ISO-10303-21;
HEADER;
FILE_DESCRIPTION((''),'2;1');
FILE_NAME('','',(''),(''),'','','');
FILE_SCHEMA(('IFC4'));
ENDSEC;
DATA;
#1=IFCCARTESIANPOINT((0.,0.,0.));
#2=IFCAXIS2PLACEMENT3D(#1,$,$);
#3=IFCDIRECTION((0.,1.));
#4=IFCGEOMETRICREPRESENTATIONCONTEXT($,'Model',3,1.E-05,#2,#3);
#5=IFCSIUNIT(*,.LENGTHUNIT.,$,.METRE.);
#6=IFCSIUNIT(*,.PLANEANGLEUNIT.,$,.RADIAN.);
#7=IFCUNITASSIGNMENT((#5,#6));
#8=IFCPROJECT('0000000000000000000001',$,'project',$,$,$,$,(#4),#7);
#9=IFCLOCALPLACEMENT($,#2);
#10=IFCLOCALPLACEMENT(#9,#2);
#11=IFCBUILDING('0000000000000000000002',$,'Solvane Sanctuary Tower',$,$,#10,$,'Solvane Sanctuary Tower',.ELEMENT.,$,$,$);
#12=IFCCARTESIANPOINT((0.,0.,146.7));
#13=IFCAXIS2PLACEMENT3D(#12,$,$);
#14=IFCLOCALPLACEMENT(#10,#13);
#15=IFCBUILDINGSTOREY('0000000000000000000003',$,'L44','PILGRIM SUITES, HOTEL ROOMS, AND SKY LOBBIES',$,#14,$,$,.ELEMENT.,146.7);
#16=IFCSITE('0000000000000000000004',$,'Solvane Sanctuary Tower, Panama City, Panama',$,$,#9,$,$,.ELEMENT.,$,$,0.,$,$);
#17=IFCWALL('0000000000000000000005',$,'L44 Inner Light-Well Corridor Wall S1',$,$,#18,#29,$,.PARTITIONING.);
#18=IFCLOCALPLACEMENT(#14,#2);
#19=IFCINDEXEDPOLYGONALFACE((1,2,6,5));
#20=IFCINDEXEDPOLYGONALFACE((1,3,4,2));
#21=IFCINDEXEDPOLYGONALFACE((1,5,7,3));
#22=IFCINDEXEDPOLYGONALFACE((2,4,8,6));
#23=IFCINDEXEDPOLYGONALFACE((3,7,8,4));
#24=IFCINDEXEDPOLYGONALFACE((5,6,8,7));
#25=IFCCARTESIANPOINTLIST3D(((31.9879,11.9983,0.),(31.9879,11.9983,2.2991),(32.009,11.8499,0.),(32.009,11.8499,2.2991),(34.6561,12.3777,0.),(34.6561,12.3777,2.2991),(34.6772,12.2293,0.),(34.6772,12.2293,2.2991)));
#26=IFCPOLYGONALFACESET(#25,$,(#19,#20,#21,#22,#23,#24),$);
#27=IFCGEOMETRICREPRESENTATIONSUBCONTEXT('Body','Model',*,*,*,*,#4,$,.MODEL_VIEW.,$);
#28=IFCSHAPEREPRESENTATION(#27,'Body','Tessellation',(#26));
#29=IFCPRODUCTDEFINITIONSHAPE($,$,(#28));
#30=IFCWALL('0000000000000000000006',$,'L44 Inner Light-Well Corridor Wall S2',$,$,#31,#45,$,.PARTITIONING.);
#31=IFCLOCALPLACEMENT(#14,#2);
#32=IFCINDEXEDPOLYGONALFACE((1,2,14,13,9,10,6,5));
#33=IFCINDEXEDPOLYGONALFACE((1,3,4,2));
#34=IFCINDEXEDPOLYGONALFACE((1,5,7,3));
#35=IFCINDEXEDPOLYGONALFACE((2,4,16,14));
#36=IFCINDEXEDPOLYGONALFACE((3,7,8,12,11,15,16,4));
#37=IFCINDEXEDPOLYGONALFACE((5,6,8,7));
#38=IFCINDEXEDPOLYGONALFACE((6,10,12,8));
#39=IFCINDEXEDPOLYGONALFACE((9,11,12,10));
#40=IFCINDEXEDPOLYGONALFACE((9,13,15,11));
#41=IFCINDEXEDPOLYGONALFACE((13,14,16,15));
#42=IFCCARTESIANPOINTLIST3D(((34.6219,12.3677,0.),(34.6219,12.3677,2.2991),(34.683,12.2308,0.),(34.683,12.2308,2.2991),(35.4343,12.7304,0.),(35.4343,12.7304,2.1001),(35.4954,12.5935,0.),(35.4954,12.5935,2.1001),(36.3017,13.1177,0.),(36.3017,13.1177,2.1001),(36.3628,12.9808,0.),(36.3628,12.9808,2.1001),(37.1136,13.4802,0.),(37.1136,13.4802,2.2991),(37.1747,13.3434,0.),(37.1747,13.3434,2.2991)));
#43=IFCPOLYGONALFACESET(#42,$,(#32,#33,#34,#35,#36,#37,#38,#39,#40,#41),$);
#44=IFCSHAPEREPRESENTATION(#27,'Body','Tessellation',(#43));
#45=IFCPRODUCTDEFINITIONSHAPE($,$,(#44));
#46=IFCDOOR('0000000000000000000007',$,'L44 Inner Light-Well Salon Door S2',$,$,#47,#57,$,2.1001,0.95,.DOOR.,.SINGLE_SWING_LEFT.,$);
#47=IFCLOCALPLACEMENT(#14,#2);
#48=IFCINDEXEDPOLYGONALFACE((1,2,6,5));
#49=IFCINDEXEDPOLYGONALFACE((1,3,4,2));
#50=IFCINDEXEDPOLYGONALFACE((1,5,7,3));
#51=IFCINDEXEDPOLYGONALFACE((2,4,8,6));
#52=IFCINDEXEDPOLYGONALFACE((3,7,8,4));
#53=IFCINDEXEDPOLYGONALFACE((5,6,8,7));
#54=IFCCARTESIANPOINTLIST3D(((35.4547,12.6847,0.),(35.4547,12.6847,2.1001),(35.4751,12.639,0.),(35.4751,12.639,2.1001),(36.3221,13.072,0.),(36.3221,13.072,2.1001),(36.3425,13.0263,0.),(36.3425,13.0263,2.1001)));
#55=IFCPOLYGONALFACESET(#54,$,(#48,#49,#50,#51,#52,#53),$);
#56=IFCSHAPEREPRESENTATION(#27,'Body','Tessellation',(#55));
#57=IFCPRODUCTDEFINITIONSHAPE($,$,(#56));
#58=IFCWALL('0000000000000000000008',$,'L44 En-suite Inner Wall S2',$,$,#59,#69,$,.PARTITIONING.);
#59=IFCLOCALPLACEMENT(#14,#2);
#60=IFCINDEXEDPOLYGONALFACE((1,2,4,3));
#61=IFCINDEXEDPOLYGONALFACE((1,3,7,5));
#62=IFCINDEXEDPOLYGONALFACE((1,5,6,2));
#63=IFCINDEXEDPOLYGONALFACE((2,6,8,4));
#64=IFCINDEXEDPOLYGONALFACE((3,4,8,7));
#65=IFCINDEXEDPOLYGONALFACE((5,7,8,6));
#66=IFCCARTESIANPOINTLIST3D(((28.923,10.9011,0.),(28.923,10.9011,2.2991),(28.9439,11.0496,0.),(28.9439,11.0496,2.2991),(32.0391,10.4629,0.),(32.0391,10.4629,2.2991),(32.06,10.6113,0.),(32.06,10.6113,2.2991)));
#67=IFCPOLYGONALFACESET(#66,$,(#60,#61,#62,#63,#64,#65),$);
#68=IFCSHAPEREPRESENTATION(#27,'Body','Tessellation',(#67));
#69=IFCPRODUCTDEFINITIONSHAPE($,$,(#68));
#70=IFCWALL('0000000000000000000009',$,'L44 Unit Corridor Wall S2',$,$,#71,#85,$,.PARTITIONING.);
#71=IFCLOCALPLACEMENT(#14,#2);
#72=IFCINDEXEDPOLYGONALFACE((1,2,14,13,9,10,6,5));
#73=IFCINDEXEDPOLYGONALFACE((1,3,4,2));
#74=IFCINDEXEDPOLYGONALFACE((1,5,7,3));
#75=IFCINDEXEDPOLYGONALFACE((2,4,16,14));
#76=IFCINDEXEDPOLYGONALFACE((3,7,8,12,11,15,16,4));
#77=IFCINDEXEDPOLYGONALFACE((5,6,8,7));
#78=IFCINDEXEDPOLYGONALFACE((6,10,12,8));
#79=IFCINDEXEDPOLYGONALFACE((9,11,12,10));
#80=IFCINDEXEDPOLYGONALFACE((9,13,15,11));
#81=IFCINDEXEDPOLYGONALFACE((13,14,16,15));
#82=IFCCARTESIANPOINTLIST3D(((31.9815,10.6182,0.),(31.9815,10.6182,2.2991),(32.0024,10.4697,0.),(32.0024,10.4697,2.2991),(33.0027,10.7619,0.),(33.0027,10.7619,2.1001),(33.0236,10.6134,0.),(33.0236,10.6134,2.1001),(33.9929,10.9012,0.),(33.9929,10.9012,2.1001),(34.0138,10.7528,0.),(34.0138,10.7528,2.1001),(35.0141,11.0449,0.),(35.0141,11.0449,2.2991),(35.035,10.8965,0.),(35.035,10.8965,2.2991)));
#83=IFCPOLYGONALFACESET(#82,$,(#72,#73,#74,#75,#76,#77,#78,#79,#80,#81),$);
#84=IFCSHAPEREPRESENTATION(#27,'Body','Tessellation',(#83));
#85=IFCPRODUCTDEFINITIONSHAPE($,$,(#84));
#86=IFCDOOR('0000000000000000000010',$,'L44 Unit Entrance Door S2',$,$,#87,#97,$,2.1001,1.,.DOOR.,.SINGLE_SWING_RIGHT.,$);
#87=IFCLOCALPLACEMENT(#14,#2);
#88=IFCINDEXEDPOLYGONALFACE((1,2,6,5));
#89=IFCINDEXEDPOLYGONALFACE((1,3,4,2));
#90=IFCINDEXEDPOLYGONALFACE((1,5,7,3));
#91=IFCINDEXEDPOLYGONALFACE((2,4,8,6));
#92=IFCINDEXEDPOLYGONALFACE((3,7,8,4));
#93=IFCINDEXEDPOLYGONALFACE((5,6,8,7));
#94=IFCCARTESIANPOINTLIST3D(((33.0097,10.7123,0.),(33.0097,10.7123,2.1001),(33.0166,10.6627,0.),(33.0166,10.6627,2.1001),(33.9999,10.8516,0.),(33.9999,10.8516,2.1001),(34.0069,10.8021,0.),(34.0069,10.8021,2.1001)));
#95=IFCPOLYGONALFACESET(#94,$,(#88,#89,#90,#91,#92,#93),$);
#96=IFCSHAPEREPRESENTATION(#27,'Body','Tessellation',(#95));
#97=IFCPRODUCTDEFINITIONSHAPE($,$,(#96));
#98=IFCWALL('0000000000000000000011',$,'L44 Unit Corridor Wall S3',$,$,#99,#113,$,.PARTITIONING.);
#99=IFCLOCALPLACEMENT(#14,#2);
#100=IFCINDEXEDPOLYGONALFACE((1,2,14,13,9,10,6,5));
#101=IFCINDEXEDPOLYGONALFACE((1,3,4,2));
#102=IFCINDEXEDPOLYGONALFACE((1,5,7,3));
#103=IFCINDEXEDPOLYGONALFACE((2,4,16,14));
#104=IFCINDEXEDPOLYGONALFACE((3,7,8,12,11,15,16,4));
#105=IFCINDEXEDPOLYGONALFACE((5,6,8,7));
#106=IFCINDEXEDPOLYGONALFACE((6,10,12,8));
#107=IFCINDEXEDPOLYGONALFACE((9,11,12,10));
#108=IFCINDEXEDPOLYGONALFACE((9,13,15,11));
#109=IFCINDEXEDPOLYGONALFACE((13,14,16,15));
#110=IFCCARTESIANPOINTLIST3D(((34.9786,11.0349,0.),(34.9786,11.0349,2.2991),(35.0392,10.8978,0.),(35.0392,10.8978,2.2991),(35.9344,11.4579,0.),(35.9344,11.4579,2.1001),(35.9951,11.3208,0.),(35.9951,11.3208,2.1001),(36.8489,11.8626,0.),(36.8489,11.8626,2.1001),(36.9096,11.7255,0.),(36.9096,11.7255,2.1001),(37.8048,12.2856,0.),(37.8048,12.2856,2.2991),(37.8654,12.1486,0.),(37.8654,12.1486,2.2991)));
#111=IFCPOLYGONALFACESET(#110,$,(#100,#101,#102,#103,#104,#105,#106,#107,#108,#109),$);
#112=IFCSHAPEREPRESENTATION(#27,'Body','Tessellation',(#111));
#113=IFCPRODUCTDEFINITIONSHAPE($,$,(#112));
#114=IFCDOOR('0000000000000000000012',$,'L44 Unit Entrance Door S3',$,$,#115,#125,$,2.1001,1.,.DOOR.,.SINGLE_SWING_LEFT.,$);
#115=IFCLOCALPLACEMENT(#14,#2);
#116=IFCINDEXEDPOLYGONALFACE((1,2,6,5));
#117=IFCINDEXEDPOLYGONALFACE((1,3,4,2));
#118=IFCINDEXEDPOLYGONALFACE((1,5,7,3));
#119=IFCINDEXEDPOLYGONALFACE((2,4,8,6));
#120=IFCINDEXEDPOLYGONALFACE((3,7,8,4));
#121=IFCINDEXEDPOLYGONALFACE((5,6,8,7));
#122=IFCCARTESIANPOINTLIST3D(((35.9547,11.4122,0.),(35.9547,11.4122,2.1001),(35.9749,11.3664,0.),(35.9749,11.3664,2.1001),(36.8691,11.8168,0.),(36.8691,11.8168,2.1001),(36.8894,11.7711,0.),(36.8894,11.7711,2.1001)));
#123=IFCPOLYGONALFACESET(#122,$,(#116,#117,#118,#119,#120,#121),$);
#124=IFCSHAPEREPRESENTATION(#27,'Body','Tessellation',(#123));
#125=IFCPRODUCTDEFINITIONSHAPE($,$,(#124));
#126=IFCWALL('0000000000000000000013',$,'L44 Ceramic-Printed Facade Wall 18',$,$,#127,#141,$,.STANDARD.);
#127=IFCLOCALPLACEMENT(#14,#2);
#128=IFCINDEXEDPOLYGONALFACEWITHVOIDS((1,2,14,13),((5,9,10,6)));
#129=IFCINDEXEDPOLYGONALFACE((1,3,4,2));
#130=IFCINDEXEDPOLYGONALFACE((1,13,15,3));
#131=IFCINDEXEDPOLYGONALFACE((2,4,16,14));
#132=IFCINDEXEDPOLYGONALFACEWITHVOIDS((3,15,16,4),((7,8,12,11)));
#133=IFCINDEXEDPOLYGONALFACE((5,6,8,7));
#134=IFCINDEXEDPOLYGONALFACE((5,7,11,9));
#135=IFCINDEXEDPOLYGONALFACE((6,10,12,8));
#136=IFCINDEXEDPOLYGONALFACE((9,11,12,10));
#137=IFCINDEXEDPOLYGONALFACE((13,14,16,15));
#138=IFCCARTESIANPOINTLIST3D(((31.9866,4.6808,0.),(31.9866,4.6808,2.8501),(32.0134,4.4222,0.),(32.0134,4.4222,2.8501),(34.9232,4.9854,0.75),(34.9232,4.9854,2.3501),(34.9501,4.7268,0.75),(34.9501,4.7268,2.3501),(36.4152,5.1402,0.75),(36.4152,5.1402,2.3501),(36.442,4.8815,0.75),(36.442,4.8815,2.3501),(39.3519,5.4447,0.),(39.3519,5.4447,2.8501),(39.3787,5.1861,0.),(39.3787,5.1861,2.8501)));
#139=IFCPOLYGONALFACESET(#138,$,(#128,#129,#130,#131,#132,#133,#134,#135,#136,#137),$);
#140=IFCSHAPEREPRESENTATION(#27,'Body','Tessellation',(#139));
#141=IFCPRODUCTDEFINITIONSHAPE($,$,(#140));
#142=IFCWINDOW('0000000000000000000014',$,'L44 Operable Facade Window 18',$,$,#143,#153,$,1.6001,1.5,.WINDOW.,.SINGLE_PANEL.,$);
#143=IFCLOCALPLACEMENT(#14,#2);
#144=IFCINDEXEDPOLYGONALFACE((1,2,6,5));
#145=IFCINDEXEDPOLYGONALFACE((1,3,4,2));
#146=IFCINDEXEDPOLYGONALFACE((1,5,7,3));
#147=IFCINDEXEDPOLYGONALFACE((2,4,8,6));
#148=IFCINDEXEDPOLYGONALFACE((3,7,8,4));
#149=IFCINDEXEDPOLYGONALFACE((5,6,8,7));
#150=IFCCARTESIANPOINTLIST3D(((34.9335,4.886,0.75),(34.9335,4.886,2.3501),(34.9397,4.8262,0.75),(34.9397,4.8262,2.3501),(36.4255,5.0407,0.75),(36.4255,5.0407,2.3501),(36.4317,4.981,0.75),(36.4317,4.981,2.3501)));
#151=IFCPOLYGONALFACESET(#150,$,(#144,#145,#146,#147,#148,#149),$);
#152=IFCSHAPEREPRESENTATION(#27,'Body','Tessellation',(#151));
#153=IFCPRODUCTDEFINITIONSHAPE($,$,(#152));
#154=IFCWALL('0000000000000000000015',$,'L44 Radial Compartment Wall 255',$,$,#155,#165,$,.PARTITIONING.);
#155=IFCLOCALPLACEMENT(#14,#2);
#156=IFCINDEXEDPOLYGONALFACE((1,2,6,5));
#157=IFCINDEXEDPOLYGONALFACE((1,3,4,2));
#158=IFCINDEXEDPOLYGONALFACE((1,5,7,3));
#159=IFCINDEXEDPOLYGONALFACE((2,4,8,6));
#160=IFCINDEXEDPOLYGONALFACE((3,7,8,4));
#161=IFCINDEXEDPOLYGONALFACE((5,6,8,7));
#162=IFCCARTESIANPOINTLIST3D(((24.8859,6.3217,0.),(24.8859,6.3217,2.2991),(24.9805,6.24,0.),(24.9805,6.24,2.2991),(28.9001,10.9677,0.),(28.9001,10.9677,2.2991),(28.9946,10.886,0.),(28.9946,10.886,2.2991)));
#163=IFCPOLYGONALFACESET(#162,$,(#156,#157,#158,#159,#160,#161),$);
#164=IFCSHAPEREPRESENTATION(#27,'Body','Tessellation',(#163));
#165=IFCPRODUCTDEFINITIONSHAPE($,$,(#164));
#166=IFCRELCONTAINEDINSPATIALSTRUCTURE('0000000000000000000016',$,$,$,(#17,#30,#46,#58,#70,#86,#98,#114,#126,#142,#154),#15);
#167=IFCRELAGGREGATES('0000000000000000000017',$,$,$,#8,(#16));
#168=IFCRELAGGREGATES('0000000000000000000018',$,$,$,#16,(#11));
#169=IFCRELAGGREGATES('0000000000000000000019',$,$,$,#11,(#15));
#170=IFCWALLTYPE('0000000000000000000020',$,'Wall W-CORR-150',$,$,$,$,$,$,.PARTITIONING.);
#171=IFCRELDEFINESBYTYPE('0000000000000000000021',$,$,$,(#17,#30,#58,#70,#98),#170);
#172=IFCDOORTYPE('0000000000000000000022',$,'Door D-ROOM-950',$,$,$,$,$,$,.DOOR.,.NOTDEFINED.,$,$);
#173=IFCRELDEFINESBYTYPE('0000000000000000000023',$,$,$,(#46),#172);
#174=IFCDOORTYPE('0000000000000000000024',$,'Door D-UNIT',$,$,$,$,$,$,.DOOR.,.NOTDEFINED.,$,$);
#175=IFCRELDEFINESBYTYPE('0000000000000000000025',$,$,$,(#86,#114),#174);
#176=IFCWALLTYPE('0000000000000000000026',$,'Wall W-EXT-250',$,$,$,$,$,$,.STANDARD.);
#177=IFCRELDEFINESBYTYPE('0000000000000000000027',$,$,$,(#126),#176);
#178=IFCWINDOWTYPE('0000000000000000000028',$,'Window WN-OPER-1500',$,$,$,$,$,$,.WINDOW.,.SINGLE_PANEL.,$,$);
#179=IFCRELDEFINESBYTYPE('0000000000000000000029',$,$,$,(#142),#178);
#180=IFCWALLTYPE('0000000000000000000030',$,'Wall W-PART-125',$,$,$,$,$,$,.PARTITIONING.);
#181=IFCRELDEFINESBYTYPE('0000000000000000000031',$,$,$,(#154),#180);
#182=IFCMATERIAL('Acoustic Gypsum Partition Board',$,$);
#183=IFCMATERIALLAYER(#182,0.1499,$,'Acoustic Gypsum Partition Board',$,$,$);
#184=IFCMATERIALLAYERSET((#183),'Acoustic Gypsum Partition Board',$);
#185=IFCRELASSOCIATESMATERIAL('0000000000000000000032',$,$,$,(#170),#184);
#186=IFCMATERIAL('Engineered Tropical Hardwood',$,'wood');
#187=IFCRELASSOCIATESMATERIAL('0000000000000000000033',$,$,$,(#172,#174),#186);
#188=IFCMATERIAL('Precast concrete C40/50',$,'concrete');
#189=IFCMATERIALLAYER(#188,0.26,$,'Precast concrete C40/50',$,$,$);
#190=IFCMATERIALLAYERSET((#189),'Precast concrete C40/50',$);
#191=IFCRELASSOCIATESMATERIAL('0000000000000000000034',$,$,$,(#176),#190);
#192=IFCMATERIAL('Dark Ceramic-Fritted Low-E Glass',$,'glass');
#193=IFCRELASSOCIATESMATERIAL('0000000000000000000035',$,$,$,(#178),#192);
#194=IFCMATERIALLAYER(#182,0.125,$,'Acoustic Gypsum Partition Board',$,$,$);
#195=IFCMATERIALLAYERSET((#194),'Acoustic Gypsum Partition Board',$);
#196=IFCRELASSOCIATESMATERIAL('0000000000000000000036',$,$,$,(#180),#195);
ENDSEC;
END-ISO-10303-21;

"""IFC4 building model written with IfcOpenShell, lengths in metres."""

from ifc_helpers import new_model, si_unit, direction, frame, frame_2d, origin, place, context, subcontext, project, spatial, rectangle, extrude, material, layer, layer_set, type_object, element, fill, save


model = new_model("IFC4")

# Units and contexts
model_context = context("Model", 3, precision=1e-05, world=origin(), true_north=direction((0.0, 1.0)))
body_context = subcontext(model_context, "Body", "Model", "MODEL_VIEW")
ifc_project = project(units=[si_unit("LENGTHUNIT", "METRE"), si_unit("PLANEANGLEUNIT", "RADIAN")], contexts=[model_context])

# Site, building, storey
site_placement = place(None, origin())
site = spatial("IfcSite", under=ifc_project, at=site_placement, Name="Solvane Sanctuary Tower, Panama City, Panama", CompositionType="ELEMENT", RefElevation=0.0)
building_placement = place(site_placement, origin())
building = spatial("IfcBuilding", under=site, at=building_placement, Name="Solvane Sanctuary Tower", LongName="Solvane Sanctuary Tower", CompositionType="ELEMENT")
storey_placement = place(building_placement, frame((0.0, 0.0, 146.7)))
storey = spatial("IfcBuildingStorey", under=building, at=storey_placement, Name="L44", Description="PILGRIM SUITES, HOTEL ROOMS, AND SKY LOBBIES", CompositionType="ELEMENT", Elevation=146.7)

# Shared definitions
ifc_material_1 = material(Name="Acoustic Gypsum Partition Board")
ifc_layer_1 = layer(ifc_material_1, 0.1499, Name="Acoustic Gypsum Partition Board")
ifc_layer_set_1 = layer_set([ifc_layer_1], Name="Acoustic Gypsum Partition Board")
wall_type_1 = type_object("IfcWallType", Name="Wall W-CORR-150", PredefinedType="PARTITIONING", material=ifc_layer_set_1)

# Shared definitions
ifc_material_2 = material(Name="Engineered Tropical Hardwood", Category="wood")
door_type_1 = type_object("IfcDoorType", Name="Door D-ROOM-950", OperationType="NOTDEFINED", PredefinedType="DOOR", material=ifc_material_2)

# Wall
wall_1_placement = place(storey_placement, frame((31.9983, 11.9241, 0.0), z_axis=(0.0, 0.0, 1.0), x_axis=(0.990042, 0.140775, 0.0)))
element("IfcWall", 1, at=wall_1_placement, inside=storey, type_object=wall_type_1, Name="L44 Inner Light-Well Corridor Wall S1", PredefinedType="PARTITIONING", context=body_context, shape_type="SweptSolid", body=[
    extrude(rectangle(XDim=2.6951, YDim=0.1499, at=frame_2d((1.3477, 0.0))), origin(), (0.0, 0.0, 1.0), 2.2991),
])

# Wall, opening, door
wall_2_placement = place(storey_placement, frame((34.6526, 12.2993, 0.0), z_axis=(0.0, 0.0, 1.0), x_axis=(0.913113, 0.407707, 0.0)))
wall_2 = element("IfcWall", 2, at=wall_2_placement, inside=storey, type_object=wall_type_1, Name="L44 Inner Light-Well Corridor Wall S2", PredefinedType="PARTITIONING", context=body_context, shape_type="SweptSolid", body=[
    extrude(rectangle(XDim=2.7288, YDim=0.1499, at=frame_2d((1.3643, 0.0))), origin(), (0.0, 0.0, 1.0), 2.2991),
])
opening_1_placement = place(wall_2_placement, frame((0.8894, 0.0, 0.0)))
opening_1 = element("IfcOpeningElement", 3, at=opening_1_placement, cuts=wall_2, PredefinedType="OPENING", context=body_context, shape_type="SweptSolid", body=[
    extrude(rectangle(XDim=0.95, YDim=2.1001, at=frame_2d((0.4751, 1.05))), frame((0.0, 0.085, 0.0), z_axis=(0.0, -1.0, 0.0), x_axis=(1.0, 0.0, 0.0)), (0.0, 0.0, 1.0), 0.1699),
])
door_1_placement = place(opening_1_placement, origin())
door_1 = element("IfcDoor", 4, at=door_1_placement, inside=storey, type_object=door_type_1, Name="L44 Inner Light-Well Salon Door S2", OperationType="SINGLE_SWING_LEFT", OverallHeight=2.1001, OverallWidth=0.95, PredefinedType="DOOR", context=body_context, shape_type="SweptSolid", body=[
    extrude(rectangle(XDim=0.95, YDim=2.1001, at=frame_2d((0.4751, 1.05))), frame((0.0, 0.0249, 0.0), z_axis=(0.0, -1.0, 0.0), x_axis=(1.0, 0.0, 0.0)), (0.0, 0.0, 1.0), 0.05),
])
fill(opening_1, door_1)

# Wall
wall_3_placement = place(storey_placement, frame((28.9336, 10.9753, 0.0), z_axis=(0.0, 0.0, 1.0), x_axis=(0.990254, -0.13927, 0.0)))
element("IfcWall", 5, at=wall_3_placement, inside=storey, type_object=wall_type_1, Name="L44 En-suite Inner Wall S2", PredefinedType="PARTITIONING", context=body_context, shape_type="SweptSolid", body=[
    extrude(rectangle(XDim=3.1467, YDim=0.1499, at=frame_2d((1.5732, 0.0))), origin(), (0.0, 0.0, 1.0), 2.2991),
])

# Walls, openings, doors
wall_4_placement = place(storey_placement, frame((31.9919, 10.5439, 0.0), z_axis=(0.0, 0.0, 1.0), x_axis=(0.990244, 0.139345, 0.0)))
wall_4 = element("IfcWall", 6, at=wall_4_placement, inside=storey, type_object=wall_type_1, Name="L44 Unit Corridor Wall S2", PredefinedType="PARTITIONING", context=body_context, shape_type="SweptSolid", body=[
    extrude(rectangle(XDim=3.0625, YDim=0.1499, at=frame_2d((1.5312, 0.0))), origin(), (0.0, 0.0, 1.0), 2.2991),
])
opening_2_placement = place(wall_4_placement, frame((1.0312, 0.0, 0.0)))
opening_2 = element("IfcOpeningElement", 7, at=opening_2_placement, cuts=wall_4, PredefinedType="OPENING", context=body_context, shape_type="SweptSolid", body=[
    extrude(rectangle(XDim=1.0, YDim=2.1001, at=frame_2d((0.5, 1.05))), frame((0.0, 0.085, 0.0), z_axis=(0.0, -1.0, 0.0), x_axis=(1.0, 0.0, 0.0)), (0.0, 0.0, 1.0), 0.1699),
])
door_type_2 = type_object("IfcDoorType", Name="Door D-UNIT", OperationType="NOTDEFINED", PredefinedType="DOOR", material=ifc_material_2)
door_2_placement = place(opening_2_placement, origin())
door_2 = element("IfcDoor", 8, at=door_2_placement, inside=storey, type_object=door_type_2, Name="L44 Unit Entrance Door S2", OperationType="SINGLE_SWING_RIGHT", OverallHeight=2.1001, OverallWidth=1.0, PredefinedType="DOOR", context=body_context, shape_type="SweptSolid", body=[
    extrude(rectangle(XDim=1.0, YDim=2.1001, at=frame_2d((0.5, 1.05))), frame((0.0, 0.0249, 0.0), z_axis=(0.0, -1.0, 0.0), x_axis=(1.0, 0.0, 0.0)), (0.0, 0.0, 1.0), 0.05),
])
fill(opening_2, door_2)
wall_5_placement = place(storey_placement, frame((35.0088, 10.9663, 0.0), z_axis=(0.0, 0.0, 1.0), x_axis=(0.914452, 0.404694, 0.0)))
wall_5 = element("IfcWall", 9, at=wall_5_placement, inside=storey, type_object=wall_type_1, Name="L44 Unit Corridor Wall S3", PredefinedType="PARTITIONING", context=body_context, shape_type="SweptSolid", body=[
    extrude(rectangle(XDim=3.0906, YDim=0.1499, at=frame_2d((1.5454, 0.0))), origin(), (0.0, 0.0, 1.0), 2.2991),
])
opening_3_placement = place(wall_5_placement, frame((1.0454, 0.0, 0.0)))
opening_3 = element("IfcOpeningElement", 10, at=opening_3_placement, cuts=wall_5, PredefinedType="OPENING", context=body_context, shape_type="SweptSolid", body=[
    extrude(rectangle(XDim=1.0, YDim=2.1001, at=frame_2d((0.5, 1.05))), frame((0.0, 0.085, 0.0), z_axis=(0.0, -1.0, 0.0), x_axis=(1.0, 0.0, 0.0)), (0.0, 0.0, 1.0), 0.1699),
])
door_3_placement = place(opening_3_placement, origin())
door_3 = element("IfcDoor", 11, at=door_3_placement, inside=storey, type_object=door_type_2, Name="L44 Unit Entrance Door S3", OperationType="SINGLE_SWING_LEFT", OverallHeight=2.1001, OverallWidth=1.0, PredefinedType="DOOR", context=body_context, shape_type="SweptSolid", body=[
    extrude(rectangle(XDim=1.0, YDim=2.1001, at=frame_2d((0.5, 1.05))), frame((0.0, 0.0249, 0.0), z_axis=(0.0, -1.0, 0.0), x_axis=(1.0, 0.0, 0.0)), (0.0, 0.0, 1.0), 0.05),
])
fill(opening_3, door_3)

# Wall, opening, window
ifc_material_3 = material(Name="Precast concrete C40/50", Category="concrete")
ifc_layer_2 = layer(ifc_material_3, 0.26, Name="Precast concrete C40/50")
ifc_layer_set_2 = layer_set([ifc_layer_2], Name="Precast concrete C40/50")
wall_type_2 = type_object("IfcWallType", Name="Wall W-EXT-250", PredefinedType="STANDARD", material=ifc_layer_set_2)
wall_6_placement = place(storey_placement, frame((32.0, 4.5515, 0.0), z_axis=(0.0, 0.0, 1.0), x_axis=(0.994664, 0.103166, 0.0)))
wall_6 = element("IfcWall", 12, at=wall_6_placement, inside=storey, type_object=wall_type_2, Name="L44 Ceramic-Printed Facade Wall 18", PredefinedType="STANDARD", context=body_context, shape_type="SweptSolid", body=[
    extrude(rectangle(XDim=7.4048, YDim=0.26, at=frame_2d((3.7024, 0.0))), origin(), (0.0, 0.0, 1.0), 2.8501),
])
opening_4_placement = place(wall_6_placement, frame((2.9524, 0.0, 0.75)))
opening_4 = element("IfcOpeningElement", 13, at=opening_4_placement, cuts=wall_6, PredefinedType="OPENING", context=body_context, shape_type="SweptSolid", body=[
    extrude(rectangle(XDim=1.5, YDim=1.6001, at=frame_2d((0.75, 0.8))), frame((0.0, 0.1399, 0.0), z_axis=(0.0, -1.0, 0.0), x_axis=(1.0, 0.0, 0.0)), (0.0, 0.0, 1.0), 0.28),
])
ifc_material_4 = material(Name="Dark Ceramic-Fritted Low-E Glass", Category="glass")
window_type = type_object("IfcWindowType", Name="Window WN-OPER-1500", PartitioningType="SINGLE_PANEL", PredefinedType="WINDOW", material=ifc_material_4)
window_placement = place(opening_4_placement, origin())
window = element("IfcWindow", 14, at=window_placement, inside=storey, type_object=window_type, Name="L44 Operable Facade Window 18", OverallHeight=1.6001, OverallWidth=1.5, PartitioningType="SINGLE_PANEL", PredefinedType="WINDOW", context=body_context, shape_type="SweptSolid", body=[
    extrude(rectangle(XDim=1.5, YDim=1.6001, at=frame_2d((0.75, 0.8))), frame((0.0, 0.03, 0.0), z_axis=(0.0, -1.0, 0.0), x_axis=(1.0, 0.0, 0.0)), (0.0, 0.0, 1.0), 0.0601),
])
fill(opening_4, window)

# Wall
ifc_layer_3 = layer(ifc_material_1, 0.125, Name="Acoustic Gypsum Partition Board")
ifc_layer_set_3 = layer_set([ifc_layer_3], Name="Acoustic Gypsum Partition Board")
wall_type_3 = type_object("IfcWallType", Name="Wall W-PART-125", PredefinedType="PARTITIONING", material=ifc_layer_set_3)
for number, where, z_axis, x_axis, name in (
    (15, (28.9473, 10.9268, 0.0), (0.0, 0.0, 1.0), (-0.653779, -0.756685, 0.0), "L44 Radial Compartment Wall 255"),
):
    element("IfcWall", number, at=place(storey_placement, frame(where, z_axis=z_axis, x_axis=x_axis)), inside=storey, type_object=wall_type_3, Name=name, PredefinedType="PARTITIONING", context=body_context, shape_type="SweptSolid", body=[
        extrude(rectangle(XDim=6.1399, YDim=0.125, at=frame_2d((3.0698, 0.0))), origin(), (0.0, 0.0, 1.0), 2.2991),
    ])

save(model, "model.ifc")
